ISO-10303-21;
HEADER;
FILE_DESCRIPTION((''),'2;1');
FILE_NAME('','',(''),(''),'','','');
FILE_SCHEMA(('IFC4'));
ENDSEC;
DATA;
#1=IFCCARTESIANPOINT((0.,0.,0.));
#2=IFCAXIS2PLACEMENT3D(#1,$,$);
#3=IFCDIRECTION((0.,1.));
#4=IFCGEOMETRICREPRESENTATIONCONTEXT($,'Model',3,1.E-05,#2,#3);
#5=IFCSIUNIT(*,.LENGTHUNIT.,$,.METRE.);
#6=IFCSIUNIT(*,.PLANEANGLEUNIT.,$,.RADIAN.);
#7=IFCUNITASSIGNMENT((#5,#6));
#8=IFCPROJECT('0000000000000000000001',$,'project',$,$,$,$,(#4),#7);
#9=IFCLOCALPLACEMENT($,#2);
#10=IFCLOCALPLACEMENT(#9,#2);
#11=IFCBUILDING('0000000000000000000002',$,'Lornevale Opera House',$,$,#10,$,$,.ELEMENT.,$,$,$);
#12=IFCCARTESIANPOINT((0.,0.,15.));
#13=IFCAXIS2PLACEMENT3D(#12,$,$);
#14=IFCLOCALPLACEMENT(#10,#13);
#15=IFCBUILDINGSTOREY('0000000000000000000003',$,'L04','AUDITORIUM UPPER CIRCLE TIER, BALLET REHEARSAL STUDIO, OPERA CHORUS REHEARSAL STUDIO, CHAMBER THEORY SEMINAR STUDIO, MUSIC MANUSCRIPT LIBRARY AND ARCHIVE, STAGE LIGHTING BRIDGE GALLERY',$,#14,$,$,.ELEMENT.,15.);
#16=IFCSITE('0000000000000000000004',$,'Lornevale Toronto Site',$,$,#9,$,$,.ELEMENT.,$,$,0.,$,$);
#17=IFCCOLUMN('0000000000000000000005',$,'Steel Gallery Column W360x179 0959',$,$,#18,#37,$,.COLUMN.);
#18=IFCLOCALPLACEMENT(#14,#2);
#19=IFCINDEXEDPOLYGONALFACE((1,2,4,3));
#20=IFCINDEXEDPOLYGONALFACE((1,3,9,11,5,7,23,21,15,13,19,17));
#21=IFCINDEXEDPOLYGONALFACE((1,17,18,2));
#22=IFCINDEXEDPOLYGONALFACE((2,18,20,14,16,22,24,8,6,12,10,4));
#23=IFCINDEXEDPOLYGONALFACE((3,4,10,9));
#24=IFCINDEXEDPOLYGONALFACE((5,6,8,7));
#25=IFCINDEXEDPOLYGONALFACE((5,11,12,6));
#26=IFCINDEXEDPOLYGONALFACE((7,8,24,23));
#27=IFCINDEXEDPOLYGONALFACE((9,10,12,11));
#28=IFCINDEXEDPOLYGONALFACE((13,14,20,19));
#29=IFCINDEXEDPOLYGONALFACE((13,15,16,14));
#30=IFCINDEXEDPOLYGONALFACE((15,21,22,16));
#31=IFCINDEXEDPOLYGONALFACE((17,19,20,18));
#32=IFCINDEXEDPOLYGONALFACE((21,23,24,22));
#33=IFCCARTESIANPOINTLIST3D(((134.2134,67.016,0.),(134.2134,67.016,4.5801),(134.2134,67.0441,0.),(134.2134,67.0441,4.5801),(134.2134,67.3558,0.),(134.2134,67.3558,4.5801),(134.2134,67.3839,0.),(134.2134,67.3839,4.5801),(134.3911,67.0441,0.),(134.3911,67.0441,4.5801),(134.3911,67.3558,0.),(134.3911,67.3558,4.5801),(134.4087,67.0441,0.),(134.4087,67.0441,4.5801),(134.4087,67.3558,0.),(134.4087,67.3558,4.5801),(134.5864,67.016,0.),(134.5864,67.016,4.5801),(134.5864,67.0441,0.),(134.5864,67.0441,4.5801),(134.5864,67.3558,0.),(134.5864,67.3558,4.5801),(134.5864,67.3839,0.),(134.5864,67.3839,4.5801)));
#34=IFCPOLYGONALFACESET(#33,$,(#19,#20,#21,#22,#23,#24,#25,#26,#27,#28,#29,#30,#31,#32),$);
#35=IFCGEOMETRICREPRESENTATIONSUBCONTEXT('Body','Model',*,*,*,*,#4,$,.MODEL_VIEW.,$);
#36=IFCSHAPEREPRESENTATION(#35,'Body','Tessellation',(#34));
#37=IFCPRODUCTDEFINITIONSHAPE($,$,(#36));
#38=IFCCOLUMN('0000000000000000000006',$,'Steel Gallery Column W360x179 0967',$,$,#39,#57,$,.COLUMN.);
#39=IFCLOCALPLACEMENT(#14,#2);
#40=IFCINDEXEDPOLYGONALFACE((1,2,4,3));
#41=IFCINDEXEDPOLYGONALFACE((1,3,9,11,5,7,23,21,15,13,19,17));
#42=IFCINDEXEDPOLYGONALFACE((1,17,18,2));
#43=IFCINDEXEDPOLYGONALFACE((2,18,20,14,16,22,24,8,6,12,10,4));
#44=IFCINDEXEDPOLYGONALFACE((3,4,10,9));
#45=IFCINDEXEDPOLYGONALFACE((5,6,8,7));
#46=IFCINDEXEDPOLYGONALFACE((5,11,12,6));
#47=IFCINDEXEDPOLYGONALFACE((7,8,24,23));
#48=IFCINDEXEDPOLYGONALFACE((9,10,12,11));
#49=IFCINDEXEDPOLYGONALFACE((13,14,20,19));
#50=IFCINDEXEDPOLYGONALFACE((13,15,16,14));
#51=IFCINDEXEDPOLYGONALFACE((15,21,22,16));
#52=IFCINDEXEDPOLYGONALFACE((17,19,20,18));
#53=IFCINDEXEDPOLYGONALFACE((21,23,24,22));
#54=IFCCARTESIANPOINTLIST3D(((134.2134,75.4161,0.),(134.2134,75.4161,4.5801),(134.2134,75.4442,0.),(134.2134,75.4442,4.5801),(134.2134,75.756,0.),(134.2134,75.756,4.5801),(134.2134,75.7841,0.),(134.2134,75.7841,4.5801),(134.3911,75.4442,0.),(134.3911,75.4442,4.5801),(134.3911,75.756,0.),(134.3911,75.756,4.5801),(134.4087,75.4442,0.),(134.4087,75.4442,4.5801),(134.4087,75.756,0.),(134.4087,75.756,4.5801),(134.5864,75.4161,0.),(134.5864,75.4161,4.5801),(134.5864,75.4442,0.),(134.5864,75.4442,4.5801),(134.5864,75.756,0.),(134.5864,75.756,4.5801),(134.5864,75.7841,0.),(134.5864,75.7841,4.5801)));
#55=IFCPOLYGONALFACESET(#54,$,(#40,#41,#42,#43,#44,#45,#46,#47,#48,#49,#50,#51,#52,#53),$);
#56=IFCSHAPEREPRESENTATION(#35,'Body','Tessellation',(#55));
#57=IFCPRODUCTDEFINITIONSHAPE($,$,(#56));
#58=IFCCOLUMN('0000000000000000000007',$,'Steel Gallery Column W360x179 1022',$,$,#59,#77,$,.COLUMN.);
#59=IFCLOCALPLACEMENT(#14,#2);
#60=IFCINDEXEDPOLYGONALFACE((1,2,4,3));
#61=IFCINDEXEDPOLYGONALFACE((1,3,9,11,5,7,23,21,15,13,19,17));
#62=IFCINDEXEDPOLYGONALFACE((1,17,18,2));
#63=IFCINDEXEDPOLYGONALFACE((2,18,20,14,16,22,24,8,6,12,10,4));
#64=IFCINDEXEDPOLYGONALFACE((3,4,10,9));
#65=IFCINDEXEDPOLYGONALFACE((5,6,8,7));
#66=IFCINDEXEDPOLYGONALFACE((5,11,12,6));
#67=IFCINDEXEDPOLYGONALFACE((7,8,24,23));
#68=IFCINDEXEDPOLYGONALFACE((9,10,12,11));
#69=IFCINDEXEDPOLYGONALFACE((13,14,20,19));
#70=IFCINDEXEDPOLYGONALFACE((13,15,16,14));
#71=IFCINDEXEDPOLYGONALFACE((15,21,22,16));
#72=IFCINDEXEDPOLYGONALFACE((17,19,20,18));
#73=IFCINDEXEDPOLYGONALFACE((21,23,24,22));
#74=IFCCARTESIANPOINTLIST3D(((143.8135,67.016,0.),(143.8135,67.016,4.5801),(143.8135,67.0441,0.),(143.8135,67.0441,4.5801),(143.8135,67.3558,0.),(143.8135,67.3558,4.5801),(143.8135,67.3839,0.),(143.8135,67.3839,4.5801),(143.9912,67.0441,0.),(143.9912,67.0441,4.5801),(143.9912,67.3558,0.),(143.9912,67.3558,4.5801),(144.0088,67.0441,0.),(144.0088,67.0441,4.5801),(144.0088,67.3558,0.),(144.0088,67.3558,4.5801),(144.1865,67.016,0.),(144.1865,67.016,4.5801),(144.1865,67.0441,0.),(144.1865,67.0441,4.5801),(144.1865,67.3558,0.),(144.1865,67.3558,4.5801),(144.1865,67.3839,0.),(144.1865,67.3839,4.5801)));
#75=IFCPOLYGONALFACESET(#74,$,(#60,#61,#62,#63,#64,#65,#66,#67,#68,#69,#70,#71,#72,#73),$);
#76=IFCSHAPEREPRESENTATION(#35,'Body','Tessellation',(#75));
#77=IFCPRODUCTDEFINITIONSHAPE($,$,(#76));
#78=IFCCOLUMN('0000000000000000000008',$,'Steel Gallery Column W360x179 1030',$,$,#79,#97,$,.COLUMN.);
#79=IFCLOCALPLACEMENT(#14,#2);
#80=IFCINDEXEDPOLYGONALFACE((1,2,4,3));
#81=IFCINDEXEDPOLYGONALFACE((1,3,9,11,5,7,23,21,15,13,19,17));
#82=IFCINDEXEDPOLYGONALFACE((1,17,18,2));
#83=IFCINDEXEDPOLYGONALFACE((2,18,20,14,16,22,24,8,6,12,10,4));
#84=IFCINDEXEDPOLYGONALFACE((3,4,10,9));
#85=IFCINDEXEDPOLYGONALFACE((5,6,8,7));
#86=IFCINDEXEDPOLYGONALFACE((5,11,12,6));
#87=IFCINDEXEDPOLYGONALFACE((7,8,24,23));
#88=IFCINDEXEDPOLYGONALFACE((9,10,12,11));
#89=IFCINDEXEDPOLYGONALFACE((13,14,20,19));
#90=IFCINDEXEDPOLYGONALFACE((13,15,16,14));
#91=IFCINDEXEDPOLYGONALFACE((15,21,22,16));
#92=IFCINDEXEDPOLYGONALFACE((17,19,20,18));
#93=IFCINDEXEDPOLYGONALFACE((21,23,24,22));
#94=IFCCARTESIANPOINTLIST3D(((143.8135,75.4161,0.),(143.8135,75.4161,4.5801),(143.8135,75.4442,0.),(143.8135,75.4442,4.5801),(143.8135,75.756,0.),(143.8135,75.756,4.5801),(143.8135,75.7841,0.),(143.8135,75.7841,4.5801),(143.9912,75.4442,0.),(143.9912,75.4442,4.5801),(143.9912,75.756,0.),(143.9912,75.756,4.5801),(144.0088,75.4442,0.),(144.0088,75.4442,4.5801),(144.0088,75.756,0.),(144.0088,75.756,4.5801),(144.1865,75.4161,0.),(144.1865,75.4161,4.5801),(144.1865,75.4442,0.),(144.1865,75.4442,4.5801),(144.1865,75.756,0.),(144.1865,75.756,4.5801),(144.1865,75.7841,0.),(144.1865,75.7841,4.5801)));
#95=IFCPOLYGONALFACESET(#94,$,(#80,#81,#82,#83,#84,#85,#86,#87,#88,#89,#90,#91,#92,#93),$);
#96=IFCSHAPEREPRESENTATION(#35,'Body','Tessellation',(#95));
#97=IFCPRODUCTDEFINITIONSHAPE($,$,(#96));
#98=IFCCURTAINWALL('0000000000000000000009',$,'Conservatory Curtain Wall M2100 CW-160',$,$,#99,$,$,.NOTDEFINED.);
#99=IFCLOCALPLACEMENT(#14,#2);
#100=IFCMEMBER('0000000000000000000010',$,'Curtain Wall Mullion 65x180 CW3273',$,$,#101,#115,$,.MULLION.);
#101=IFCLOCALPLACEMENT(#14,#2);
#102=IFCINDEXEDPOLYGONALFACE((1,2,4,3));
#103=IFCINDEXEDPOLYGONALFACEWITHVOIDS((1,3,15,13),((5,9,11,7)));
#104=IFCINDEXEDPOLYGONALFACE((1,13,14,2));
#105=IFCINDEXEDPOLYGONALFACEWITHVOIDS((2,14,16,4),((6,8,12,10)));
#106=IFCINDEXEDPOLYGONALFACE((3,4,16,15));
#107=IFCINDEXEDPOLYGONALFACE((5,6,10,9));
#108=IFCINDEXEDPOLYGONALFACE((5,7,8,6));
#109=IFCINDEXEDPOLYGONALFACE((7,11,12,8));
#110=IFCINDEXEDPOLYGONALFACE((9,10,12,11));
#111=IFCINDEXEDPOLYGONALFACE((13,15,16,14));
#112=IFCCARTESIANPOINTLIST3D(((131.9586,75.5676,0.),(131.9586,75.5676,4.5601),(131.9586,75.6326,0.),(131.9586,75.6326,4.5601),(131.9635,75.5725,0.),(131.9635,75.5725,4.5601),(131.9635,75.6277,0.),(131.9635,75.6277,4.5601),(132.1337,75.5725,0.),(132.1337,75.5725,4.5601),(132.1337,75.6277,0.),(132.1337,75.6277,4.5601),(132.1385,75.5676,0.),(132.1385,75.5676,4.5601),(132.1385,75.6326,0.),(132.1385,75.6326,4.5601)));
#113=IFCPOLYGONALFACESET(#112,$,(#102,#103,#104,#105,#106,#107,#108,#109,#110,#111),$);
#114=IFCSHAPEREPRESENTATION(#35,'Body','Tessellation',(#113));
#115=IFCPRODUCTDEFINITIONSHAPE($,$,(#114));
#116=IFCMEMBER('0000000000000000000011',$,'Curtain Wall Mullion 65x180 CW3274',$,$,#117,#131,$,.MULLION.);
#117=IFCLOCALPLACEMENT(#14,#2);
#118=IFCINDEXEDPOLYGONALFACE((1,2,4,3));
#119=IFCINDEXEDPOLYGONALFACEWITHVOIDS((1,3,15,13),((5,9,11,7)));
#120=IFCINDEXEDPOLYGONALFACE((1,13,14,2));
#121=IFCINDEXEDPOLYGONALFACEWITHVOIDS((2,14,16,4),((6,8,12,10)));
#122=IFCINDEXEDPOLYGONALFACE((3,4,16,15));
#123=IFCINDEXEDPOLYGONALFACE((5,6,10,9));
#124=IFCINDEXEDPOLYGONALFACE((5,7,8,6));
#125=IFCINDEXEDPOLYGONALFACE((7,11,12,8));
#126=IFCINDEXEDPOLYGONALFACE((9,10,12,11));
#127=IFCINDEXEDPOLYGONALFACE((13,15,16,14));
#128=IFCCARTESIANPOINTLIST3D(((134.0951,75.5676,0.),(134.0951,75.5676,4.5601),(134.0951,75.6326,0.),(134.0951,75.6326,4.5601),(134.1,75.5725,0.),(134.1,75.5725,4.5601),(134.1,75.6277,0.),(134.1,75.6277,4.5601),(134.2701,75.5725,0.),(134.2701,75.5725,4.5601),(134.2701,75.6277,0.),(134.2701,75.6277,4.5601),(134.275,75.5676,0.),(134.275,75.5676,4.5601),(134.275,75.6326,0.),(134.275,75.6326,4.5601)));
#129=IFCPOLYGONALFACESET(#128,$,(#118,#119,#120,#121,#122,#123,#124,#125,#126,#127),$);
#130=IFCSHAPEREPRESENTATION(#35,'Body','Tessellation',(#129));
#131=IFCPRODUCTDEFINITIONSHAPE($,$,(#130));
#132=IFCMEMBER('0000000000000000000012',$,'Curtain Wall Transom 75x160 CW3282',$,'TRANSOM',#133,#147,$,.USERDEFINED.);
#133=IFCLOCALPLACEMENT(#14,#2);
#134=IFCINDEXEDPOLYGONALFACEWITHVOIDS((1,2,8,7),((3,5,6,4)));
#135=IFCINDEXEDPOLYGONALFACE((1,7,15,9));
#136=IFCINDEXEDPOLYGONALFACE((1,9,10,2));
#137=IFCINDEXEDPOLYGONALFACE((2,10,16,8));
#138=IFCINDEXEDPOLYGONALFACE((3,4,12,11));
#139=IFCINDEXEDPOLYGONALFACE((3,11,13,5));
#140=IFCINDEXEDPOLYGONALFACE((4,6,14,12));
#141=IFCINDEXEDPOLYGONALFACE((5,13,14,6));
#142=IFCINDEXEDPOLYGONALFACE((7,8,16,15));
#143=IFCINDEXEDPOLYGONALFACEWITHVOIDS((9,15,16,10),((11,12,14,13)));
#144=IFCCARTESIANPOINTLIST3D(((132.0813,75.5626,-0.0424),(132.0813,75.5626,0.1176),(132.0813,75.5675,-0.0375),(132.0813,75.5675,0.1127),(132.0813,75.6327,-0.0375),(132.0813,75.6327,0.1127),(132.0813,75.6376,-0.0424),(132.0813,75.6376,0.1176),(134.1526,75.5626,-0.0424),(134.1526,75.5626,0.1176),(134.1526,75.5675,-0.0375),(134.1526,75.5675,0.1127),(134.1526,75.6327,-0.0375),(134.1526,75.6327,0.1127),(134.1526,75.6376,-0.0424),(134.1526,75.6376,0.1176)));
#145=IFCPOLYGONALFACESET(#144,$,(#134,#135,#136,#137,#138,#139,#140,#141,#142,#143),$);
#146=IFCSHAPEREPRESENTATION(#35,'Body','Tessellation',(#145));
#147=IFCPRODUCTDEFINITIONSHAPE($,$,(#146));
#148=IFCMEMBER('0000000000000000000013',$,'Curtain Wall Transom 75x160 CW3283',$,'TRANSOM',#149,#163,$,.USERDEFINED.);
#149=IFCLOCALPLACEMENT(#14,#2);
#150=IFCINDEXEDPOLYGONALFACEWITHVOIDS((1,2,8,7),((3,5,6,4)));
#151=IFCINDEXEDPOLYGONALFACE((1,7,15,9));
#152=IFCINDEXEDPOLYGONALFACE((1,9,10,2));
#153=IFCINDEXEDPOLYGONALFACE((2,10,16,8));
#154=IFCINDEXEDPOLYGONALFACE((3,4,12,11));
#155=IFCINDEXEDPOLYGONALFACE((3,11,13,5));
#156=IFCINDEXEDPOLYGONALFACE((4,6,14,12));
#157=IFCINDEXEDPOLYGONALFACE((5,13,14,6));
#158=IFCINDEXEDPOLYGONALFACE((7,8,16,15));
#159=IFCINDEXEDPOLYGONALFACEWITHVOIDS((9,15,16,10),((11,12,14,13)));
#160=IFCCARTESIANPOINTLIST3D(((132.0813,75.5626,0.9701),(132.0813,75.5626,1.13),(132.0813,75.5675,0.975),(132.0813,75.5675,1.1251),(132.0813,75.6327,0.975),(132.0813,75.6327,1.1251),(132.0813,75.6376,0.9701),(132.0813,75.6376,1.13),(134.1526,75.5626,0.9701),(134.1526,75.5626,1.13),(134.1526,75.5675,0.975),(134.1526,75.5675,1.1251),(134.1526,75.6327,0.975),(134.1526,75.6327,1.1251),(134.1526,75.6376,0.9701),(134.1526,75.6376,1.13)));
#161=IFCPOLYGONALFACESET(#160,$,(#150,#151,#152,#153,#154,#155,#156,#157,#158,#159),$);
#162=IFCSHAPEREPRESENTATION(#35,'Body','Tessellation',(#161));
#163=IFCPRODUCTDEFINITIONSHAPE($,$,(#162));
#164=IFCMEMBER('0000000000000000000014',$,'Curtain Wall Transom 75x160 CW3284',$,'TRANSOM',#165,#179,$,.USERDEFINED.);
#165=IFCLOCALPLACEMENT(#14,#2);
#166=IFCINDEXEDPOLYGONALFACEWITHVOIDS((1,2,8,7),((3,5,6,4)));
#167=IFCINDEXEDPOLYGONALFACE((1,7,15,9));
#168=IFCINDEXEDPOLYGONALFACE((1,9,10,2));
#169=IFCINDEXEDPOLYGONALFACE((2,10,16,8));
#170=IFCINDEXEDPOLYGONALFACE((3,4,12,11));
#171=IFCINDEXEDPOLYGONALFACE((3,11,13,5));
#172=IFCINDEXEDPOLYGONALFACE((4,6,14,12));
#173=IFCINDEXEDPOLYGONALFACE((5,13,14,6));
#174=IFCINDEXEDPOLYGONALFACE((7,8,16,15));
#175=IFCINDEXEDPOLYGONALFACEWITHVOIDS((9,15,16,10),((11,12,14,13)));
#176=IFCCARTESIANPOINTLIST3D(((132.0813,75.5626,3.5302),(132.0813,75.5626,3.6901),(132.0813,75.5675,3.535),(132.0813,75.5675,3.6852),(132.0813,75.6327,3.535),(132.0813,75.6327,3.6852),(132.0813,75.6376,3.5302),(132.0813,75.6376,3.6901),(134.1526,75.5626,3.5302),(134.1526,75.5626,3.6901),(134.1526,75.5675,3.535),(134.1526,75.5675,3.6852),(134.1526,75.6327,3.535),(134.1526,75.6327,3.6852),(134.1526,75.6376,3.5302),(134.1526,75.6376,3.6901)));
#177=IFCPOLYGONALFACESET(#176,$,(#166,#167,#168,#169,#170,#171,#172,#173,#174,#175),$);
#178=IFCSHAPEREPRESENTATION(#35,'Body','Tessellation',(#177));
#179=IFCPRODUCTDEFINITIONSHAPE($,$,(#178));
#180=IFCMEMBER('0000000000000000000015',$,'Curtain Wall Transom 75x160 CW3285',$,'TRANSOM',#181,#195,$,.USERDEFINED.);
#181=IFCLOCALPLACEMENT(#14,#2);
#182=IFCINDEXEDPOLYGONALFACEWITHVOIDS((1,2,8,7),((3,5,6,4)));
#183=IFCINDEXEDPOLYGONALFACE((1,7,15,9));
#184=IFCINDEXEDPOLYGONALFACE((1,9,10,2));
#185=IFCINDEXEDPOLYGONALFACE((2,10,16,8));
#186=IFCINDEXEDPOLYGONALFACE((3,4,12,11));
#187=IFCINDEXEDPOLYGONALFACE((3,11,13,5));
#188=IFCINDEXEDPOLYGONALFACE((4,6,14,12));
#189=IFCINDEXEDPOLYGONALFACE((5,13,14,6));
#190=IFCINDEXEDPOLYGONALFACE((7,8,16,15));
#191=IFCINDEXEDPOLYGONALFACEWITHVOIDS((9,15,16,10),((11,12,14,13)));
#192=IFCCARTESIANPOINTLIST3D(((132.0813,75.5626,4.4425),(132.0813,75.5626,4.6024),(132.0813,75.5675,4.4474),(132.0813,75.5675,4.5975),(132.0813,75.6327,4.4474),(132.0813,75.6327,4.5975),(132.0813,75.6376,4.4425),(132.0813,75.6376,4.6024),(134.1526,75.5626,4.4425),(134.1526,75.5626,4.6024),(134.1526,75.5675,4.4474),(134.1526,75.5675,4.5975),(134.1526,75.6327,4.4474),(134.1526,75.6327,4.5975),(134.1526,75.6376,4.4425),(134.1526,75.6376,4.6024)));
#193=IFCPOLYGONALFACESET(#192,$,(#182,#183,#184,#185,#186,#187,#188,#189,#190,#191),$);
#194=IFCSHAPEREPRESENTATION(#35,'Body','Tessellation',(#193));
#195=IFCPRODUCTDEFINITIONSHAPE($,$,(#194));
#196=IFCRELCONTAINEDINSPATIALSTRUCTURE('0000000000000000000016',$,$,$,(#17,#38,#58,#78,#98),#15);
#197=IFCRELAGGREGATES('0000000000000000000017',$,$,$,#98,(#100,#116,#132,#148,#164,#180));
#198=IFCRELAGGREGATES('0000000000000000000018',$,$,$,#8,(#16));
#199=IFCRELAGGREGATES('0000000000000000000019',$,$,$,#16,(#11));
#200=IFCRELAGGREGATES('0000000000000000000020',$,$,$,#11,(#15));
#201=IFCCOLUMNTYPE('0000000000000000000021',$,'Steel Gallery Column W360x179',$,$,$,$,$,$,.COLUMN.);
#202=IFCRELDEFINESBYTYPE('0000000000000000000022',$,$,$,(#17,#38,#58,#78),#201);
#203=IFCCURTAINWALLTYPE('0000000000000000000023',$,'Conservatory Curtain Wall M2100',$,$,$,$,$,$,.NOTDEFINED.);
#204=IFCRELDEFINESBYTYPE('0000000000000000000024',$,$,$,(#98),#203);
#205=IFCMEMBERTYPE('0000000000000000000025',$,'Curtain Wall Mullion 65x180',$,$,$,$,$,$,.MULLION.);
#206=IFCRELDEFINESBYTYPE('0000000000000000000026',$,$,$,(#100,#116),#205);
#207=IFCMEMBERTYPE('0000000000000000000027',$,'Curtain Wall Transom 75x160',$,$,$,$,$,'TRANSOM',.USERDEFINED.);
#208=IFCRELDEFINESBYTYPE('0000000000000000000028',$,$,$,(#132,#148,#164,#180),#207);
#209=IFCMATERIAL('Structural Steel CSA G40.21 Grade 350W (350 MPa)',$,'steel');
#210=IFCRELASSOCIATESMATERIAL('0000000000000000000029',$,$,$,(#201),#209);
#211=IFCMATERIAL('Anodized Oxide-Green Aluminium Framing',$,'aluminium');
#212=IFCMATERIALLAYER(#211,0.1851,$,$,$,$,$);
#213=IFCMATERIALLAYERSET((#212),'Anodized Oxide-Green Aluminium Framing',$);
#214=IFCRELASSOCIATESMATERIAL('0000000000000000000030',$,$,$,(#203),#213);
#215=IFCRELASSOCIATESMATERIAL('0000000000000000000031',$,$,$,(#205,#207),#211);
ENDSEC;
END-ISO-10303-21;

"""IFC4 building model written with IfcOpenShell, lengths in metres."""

from ifc_helpers import new_model, si_unit, direction, frame, origin, origin_2d, place, context, subcontext, project, spatial, hollow_rectangle, i_section, extrude, material, layer, layer_set, material_profile, profile_set, type_object, element, aggregate, save


model = new_model("IFC4")

# Units and contexts
model_context = context("Model", 3, precision=1e-05, world=origin(), true_north=direction((0.0, 1.0)))
body_context = subcontext(model_context, "Body", "Model", "MODEL_VIEW")
ifc_project = project(units=[si_unit("LENGTHUNIT", "METRE"), si_unit("PLANEANGLEUNIT", "RADIAN")], contexts=[model_context])

# Site, building, storey
site_placement = place(None, origin())
site = spatial("IfcSite", under=ifc_project, at=site_placement, Name="Lornevale Toronto Site", CompositionType="ELEMENT", RefElevation=0.0)
building_placement = place(site_placement, origin())
building = spatial("IfcBuilding", under=site, at=building_placement, Name="Lornevale Opera House", CompositionType="ELEMENT")
storey_placement = place(building_placement, frame((0.0, 0.0, 15.0)))
storey = spatial("IfcBuildingStorey", under=building, at=storey_placement, Name="L04", Description="AUDITORIUM UPPER CIRCLE TIER, BALLET REHEARSAL STUDIO, OPERA CHORUS REHEARSAL STUDIO, CHAMBER THEORY SEMINAR STUDIO, MUSIC MANUSCRIPT LIBRARY AND ARCHIVE, STAGE LIGHTING BRIDGE GALLERY", CompositionType="ELEMENT", Elevation=15.0)

# Columns
ifc_material_1 = material(Name="Structural Steel CSA G40.21 Grade 350W (350 MPa)", Category="steel")
ifc_material_profile_1 = material_profile(ifc_material_1, i_section(OverallWidth=0.373, OverallDepth=0.3679, WebThickness=0.0176, FlangeThickness=0.0281, at=origin_2d()), Name="W360x179")
ifc_profile_set_1 = profile_set([ifc_material_profile_1], Name="Structural Steel CSA G40.21 Grade 350W (350 MPa)")
column_type = type_object("IfcColumnType", Name="Steel Gallery Column W360x179", PredefinedType="COLUMN", material=ifc_profile_set_1)
for number, where, z_axis, x_axis, name in (
    (1, (134.3999, 67.2, 0.0), (0.0, 0.0, 1.0), (1.0, 0.0, 0.0), "Steel Gallery Column W360x179 0959"),
    (2, (134.3999, 75.6001, 0.0), (0.0, 0.0, 1.0), (1.0, 0.0, 0.0), "Steel Gallery Column W360x179 0967"),
    (3, (144.0, 67.2, 0.0), (0.0, 0.0, 1.0), (1.0, 0.0, 0.0), "Steel Gallery Column W360x179 1022"),
    (4, (144.0, 75.6001, 0.0), (0.0, 0.0, 1.0), (1.0, 0.0, 0.0), "Steel Gallery Column W360x179 1030"),
):
    element("IfcColumn", number, at=place(storey_placement, frame(where, z_axis=z_axis, x_axis=x_axis)), inside=storey, type_object=column_type, Name=name, PredefinedType="COLUMN", context=body_context, shape_type="SweptSolid", body=[
        extrude(i_section(OverallWidth=0.373, OverallDepth=0.3679, WebThickness=0.0176, FlangeThickness=0.0281, at=origin_2d()), origin(), (0.0, 0.0, 1.0), 4.5801),
    ])

# Curtain wall, members
ifc_material_2 = material(Name="Anodized Oxide-Green Aluminium Framing", Category="aluminium")
ifc_layer_1 = layer(ifc_material_2, 0.1851)
ifc_layer_set_1 = layer_set([ifc_layer_1], Name="Anodized Oxide-Green Aluminium Framing")
curtain_wall_type = type_object("IfcCurtainWallType", Name="Conservatory Curtain Wall M2100", PredefinedType="NOTDEFINED", material=ifc_layer_set_1)
curtain_wall_placement = place(storey_placement, origin())
curtain_wall = element("IfcCurtainWall", 5, at=curtain_wall_placement, inside=storey, type_object=curtain_wall_type, Name="Conservatory Curtain Wall M2100 CW-160", PredefinedType="NOTDEFINED")
ifc_material_profile_2 = material_profile(ifc_material_2, hollow_rectangle(XDim=0.0649, YDim=0.1799, WallThickness=0.0049, at=origin_2d()), Name="ALU65x180x5")
ifc_profile_set_2 = profile_set([ifc_material_profile_2], Name="Anodized Oxide-Green Aluminium Framing")
member_type_1 = type_object("IfcMemberType", Name="Curtain Wall Mullion 65x180", PredefinedType="MULLION", material=ifc_profile_set_2)
member_1_placement = place(storey_placement, frame((132.0486, 75.6001, 0.0), z_axis=(0.0, 0.0, 1.0), x_axis=(0.0, 1.0, 0.0)))
member_1 = element("IfcMember", 6, at=member_1_placement, type_object=member_type_1, Name="Curtain Wall Mullion 65x180 CW3273", PredefinedType="MULLION", context=body_context, shape_type="SweptSolid", body=[
    extrude(hollow_rectangle(XDim=0.0649, YDim=0.1799, WallThickness=0.0049, at=origin_2d()), origin(), (0.0, 0.0, 1.0), 4.5601),
])
member_2_placement = place(storey_placement, frame((134.1851, 75.6001, 0.0), z_axis=(0.0, 0.0, 1.0), x_axis=(0.0, 1.0, 0.0)))
member_2 = element("IfcMember", 7, at=member_2_placement, type_object=member_type_1, Name="Curtain Wall Mullion 65x180 CW3274", PredefinedType="MULLION", context=body_context, shape_type="SweptSolid", body=[
    extrude(hollow_rectangle(XDim=0.0649, YDim=0.1799, WallThickness=0.0049, at=origin_2d()), origin(), (0.0, 0.0, 1.0), 4.5601),
])
ifc_material_profile_3 = material_profile(ifc_material_2, hollow_rectangle(XDim=0.075, YDim=0.1599, WallThickness=0.0049, at=origin_2d()), Name="ALU75x160x5")
ifc_profile_set_3 = profile_set([ifc_material_profile_3], Name="Anodized Oxide-Green Aluminium Framing")
member_type_2 = type_object("IfcMemberType", Name="Curtain Wall Transom 75x160", ElementType="TRANSOM", PredefinedType="USERDEFINED", material=ifc_profile_set_3)
member_3_placement = place(storey_placement, frame((132.0813, 75.6001, 0.0376), z_axis=(1.0, 0.0, 0.0), x_axis=(0.0, 1.0, 0.0)))
member_3 = element("IfcMember", 8, at=member_3_placement, type_object=member_type_2, Name="Curtain Wall Transom 75x160 CW3282", ObjectType="TRANSOM", PredefinedType="USERDEFINED", context=body_context, shape_type="SweptSolid", body=[
    extrude(hollow_rectangle(XDim=0.075, YDim=0.1599, WallThickness=0.0049, at=origin_2d()), origin(), (0.0, 0.0, 1.0), 2.0713),
])
member_4_placement = place(storey_placement, frame((132.0813, 75.6001, 1.05), z_axis=(1.0, 0.0, 0.0), x_axis=(0.0, 1.0, 0.0)))
member_4 = element("IfcMember", 9, at=member_4_placement, type_object=member_type_2, Name="Curtain Wall Transom 75x160 CW3283", ObjectType="TRANSOM", PredefinedType="USERDEFINED", context=body_context, shape_type="SweptSolid", body=[
    extrude(hollow_rectangle(XDim=0.075, YDim=0.1599, WallThickness=0.0049, at=origin_2d()), origin(), (0.0, 0.0, 1.0), 2.0713),
])
member_5_placement = place(storey_placement, frame((132.0813, 75.6001, 3.6101), z_axis=(1.0, 0.0, 0.0), x_axis=(0.0, 1.0, 0.0)))
member_5 = element("IfcMember", 10, at=member_5_placement, type_object=member_type_2, Name="Curtain Wall Transom 75x160 CW3284", ObjectType="TRANSOM", PredefinedType="USERDEFINED", context=body_context, shape_type="SweptSolid", body=[
    extrude(hollow_rectangle(XDim=0.075, YDim=0.1599, WallThickness=0.0049, at=origin_2d()), origin(), (0.0, 0.0, 1.0), 2.0713),
])
member_6_placement = place(storey_placement, frame((132.0813, 75.6001, 4.5225), z_axis=(1.0, 0.0, 0.0), x_axis=(0.0, 1.0, 0.0)))
member_6 = element("IfcMember", 11, at=member_6_placement, type_object=member_type_2, Name="Curtain Wall Transom 75x160 CW3285", ObjectType="TRANSOM", PredefinedType="USERDEFINED", context=body_context, shape_type="SweptSolid", body=[
    extrude(hollow_rectangle(XDim=0.075, YDim=0.1599, WallThickness=0.0049, at=origin_2d()), origin(), (0.0, 0.0, 1.0), 2.0713),
])

aggregate(curtain_wall, [member_1, member_2, member_3, member_4, member_5, member_6])

save(model, "model.ifc")
